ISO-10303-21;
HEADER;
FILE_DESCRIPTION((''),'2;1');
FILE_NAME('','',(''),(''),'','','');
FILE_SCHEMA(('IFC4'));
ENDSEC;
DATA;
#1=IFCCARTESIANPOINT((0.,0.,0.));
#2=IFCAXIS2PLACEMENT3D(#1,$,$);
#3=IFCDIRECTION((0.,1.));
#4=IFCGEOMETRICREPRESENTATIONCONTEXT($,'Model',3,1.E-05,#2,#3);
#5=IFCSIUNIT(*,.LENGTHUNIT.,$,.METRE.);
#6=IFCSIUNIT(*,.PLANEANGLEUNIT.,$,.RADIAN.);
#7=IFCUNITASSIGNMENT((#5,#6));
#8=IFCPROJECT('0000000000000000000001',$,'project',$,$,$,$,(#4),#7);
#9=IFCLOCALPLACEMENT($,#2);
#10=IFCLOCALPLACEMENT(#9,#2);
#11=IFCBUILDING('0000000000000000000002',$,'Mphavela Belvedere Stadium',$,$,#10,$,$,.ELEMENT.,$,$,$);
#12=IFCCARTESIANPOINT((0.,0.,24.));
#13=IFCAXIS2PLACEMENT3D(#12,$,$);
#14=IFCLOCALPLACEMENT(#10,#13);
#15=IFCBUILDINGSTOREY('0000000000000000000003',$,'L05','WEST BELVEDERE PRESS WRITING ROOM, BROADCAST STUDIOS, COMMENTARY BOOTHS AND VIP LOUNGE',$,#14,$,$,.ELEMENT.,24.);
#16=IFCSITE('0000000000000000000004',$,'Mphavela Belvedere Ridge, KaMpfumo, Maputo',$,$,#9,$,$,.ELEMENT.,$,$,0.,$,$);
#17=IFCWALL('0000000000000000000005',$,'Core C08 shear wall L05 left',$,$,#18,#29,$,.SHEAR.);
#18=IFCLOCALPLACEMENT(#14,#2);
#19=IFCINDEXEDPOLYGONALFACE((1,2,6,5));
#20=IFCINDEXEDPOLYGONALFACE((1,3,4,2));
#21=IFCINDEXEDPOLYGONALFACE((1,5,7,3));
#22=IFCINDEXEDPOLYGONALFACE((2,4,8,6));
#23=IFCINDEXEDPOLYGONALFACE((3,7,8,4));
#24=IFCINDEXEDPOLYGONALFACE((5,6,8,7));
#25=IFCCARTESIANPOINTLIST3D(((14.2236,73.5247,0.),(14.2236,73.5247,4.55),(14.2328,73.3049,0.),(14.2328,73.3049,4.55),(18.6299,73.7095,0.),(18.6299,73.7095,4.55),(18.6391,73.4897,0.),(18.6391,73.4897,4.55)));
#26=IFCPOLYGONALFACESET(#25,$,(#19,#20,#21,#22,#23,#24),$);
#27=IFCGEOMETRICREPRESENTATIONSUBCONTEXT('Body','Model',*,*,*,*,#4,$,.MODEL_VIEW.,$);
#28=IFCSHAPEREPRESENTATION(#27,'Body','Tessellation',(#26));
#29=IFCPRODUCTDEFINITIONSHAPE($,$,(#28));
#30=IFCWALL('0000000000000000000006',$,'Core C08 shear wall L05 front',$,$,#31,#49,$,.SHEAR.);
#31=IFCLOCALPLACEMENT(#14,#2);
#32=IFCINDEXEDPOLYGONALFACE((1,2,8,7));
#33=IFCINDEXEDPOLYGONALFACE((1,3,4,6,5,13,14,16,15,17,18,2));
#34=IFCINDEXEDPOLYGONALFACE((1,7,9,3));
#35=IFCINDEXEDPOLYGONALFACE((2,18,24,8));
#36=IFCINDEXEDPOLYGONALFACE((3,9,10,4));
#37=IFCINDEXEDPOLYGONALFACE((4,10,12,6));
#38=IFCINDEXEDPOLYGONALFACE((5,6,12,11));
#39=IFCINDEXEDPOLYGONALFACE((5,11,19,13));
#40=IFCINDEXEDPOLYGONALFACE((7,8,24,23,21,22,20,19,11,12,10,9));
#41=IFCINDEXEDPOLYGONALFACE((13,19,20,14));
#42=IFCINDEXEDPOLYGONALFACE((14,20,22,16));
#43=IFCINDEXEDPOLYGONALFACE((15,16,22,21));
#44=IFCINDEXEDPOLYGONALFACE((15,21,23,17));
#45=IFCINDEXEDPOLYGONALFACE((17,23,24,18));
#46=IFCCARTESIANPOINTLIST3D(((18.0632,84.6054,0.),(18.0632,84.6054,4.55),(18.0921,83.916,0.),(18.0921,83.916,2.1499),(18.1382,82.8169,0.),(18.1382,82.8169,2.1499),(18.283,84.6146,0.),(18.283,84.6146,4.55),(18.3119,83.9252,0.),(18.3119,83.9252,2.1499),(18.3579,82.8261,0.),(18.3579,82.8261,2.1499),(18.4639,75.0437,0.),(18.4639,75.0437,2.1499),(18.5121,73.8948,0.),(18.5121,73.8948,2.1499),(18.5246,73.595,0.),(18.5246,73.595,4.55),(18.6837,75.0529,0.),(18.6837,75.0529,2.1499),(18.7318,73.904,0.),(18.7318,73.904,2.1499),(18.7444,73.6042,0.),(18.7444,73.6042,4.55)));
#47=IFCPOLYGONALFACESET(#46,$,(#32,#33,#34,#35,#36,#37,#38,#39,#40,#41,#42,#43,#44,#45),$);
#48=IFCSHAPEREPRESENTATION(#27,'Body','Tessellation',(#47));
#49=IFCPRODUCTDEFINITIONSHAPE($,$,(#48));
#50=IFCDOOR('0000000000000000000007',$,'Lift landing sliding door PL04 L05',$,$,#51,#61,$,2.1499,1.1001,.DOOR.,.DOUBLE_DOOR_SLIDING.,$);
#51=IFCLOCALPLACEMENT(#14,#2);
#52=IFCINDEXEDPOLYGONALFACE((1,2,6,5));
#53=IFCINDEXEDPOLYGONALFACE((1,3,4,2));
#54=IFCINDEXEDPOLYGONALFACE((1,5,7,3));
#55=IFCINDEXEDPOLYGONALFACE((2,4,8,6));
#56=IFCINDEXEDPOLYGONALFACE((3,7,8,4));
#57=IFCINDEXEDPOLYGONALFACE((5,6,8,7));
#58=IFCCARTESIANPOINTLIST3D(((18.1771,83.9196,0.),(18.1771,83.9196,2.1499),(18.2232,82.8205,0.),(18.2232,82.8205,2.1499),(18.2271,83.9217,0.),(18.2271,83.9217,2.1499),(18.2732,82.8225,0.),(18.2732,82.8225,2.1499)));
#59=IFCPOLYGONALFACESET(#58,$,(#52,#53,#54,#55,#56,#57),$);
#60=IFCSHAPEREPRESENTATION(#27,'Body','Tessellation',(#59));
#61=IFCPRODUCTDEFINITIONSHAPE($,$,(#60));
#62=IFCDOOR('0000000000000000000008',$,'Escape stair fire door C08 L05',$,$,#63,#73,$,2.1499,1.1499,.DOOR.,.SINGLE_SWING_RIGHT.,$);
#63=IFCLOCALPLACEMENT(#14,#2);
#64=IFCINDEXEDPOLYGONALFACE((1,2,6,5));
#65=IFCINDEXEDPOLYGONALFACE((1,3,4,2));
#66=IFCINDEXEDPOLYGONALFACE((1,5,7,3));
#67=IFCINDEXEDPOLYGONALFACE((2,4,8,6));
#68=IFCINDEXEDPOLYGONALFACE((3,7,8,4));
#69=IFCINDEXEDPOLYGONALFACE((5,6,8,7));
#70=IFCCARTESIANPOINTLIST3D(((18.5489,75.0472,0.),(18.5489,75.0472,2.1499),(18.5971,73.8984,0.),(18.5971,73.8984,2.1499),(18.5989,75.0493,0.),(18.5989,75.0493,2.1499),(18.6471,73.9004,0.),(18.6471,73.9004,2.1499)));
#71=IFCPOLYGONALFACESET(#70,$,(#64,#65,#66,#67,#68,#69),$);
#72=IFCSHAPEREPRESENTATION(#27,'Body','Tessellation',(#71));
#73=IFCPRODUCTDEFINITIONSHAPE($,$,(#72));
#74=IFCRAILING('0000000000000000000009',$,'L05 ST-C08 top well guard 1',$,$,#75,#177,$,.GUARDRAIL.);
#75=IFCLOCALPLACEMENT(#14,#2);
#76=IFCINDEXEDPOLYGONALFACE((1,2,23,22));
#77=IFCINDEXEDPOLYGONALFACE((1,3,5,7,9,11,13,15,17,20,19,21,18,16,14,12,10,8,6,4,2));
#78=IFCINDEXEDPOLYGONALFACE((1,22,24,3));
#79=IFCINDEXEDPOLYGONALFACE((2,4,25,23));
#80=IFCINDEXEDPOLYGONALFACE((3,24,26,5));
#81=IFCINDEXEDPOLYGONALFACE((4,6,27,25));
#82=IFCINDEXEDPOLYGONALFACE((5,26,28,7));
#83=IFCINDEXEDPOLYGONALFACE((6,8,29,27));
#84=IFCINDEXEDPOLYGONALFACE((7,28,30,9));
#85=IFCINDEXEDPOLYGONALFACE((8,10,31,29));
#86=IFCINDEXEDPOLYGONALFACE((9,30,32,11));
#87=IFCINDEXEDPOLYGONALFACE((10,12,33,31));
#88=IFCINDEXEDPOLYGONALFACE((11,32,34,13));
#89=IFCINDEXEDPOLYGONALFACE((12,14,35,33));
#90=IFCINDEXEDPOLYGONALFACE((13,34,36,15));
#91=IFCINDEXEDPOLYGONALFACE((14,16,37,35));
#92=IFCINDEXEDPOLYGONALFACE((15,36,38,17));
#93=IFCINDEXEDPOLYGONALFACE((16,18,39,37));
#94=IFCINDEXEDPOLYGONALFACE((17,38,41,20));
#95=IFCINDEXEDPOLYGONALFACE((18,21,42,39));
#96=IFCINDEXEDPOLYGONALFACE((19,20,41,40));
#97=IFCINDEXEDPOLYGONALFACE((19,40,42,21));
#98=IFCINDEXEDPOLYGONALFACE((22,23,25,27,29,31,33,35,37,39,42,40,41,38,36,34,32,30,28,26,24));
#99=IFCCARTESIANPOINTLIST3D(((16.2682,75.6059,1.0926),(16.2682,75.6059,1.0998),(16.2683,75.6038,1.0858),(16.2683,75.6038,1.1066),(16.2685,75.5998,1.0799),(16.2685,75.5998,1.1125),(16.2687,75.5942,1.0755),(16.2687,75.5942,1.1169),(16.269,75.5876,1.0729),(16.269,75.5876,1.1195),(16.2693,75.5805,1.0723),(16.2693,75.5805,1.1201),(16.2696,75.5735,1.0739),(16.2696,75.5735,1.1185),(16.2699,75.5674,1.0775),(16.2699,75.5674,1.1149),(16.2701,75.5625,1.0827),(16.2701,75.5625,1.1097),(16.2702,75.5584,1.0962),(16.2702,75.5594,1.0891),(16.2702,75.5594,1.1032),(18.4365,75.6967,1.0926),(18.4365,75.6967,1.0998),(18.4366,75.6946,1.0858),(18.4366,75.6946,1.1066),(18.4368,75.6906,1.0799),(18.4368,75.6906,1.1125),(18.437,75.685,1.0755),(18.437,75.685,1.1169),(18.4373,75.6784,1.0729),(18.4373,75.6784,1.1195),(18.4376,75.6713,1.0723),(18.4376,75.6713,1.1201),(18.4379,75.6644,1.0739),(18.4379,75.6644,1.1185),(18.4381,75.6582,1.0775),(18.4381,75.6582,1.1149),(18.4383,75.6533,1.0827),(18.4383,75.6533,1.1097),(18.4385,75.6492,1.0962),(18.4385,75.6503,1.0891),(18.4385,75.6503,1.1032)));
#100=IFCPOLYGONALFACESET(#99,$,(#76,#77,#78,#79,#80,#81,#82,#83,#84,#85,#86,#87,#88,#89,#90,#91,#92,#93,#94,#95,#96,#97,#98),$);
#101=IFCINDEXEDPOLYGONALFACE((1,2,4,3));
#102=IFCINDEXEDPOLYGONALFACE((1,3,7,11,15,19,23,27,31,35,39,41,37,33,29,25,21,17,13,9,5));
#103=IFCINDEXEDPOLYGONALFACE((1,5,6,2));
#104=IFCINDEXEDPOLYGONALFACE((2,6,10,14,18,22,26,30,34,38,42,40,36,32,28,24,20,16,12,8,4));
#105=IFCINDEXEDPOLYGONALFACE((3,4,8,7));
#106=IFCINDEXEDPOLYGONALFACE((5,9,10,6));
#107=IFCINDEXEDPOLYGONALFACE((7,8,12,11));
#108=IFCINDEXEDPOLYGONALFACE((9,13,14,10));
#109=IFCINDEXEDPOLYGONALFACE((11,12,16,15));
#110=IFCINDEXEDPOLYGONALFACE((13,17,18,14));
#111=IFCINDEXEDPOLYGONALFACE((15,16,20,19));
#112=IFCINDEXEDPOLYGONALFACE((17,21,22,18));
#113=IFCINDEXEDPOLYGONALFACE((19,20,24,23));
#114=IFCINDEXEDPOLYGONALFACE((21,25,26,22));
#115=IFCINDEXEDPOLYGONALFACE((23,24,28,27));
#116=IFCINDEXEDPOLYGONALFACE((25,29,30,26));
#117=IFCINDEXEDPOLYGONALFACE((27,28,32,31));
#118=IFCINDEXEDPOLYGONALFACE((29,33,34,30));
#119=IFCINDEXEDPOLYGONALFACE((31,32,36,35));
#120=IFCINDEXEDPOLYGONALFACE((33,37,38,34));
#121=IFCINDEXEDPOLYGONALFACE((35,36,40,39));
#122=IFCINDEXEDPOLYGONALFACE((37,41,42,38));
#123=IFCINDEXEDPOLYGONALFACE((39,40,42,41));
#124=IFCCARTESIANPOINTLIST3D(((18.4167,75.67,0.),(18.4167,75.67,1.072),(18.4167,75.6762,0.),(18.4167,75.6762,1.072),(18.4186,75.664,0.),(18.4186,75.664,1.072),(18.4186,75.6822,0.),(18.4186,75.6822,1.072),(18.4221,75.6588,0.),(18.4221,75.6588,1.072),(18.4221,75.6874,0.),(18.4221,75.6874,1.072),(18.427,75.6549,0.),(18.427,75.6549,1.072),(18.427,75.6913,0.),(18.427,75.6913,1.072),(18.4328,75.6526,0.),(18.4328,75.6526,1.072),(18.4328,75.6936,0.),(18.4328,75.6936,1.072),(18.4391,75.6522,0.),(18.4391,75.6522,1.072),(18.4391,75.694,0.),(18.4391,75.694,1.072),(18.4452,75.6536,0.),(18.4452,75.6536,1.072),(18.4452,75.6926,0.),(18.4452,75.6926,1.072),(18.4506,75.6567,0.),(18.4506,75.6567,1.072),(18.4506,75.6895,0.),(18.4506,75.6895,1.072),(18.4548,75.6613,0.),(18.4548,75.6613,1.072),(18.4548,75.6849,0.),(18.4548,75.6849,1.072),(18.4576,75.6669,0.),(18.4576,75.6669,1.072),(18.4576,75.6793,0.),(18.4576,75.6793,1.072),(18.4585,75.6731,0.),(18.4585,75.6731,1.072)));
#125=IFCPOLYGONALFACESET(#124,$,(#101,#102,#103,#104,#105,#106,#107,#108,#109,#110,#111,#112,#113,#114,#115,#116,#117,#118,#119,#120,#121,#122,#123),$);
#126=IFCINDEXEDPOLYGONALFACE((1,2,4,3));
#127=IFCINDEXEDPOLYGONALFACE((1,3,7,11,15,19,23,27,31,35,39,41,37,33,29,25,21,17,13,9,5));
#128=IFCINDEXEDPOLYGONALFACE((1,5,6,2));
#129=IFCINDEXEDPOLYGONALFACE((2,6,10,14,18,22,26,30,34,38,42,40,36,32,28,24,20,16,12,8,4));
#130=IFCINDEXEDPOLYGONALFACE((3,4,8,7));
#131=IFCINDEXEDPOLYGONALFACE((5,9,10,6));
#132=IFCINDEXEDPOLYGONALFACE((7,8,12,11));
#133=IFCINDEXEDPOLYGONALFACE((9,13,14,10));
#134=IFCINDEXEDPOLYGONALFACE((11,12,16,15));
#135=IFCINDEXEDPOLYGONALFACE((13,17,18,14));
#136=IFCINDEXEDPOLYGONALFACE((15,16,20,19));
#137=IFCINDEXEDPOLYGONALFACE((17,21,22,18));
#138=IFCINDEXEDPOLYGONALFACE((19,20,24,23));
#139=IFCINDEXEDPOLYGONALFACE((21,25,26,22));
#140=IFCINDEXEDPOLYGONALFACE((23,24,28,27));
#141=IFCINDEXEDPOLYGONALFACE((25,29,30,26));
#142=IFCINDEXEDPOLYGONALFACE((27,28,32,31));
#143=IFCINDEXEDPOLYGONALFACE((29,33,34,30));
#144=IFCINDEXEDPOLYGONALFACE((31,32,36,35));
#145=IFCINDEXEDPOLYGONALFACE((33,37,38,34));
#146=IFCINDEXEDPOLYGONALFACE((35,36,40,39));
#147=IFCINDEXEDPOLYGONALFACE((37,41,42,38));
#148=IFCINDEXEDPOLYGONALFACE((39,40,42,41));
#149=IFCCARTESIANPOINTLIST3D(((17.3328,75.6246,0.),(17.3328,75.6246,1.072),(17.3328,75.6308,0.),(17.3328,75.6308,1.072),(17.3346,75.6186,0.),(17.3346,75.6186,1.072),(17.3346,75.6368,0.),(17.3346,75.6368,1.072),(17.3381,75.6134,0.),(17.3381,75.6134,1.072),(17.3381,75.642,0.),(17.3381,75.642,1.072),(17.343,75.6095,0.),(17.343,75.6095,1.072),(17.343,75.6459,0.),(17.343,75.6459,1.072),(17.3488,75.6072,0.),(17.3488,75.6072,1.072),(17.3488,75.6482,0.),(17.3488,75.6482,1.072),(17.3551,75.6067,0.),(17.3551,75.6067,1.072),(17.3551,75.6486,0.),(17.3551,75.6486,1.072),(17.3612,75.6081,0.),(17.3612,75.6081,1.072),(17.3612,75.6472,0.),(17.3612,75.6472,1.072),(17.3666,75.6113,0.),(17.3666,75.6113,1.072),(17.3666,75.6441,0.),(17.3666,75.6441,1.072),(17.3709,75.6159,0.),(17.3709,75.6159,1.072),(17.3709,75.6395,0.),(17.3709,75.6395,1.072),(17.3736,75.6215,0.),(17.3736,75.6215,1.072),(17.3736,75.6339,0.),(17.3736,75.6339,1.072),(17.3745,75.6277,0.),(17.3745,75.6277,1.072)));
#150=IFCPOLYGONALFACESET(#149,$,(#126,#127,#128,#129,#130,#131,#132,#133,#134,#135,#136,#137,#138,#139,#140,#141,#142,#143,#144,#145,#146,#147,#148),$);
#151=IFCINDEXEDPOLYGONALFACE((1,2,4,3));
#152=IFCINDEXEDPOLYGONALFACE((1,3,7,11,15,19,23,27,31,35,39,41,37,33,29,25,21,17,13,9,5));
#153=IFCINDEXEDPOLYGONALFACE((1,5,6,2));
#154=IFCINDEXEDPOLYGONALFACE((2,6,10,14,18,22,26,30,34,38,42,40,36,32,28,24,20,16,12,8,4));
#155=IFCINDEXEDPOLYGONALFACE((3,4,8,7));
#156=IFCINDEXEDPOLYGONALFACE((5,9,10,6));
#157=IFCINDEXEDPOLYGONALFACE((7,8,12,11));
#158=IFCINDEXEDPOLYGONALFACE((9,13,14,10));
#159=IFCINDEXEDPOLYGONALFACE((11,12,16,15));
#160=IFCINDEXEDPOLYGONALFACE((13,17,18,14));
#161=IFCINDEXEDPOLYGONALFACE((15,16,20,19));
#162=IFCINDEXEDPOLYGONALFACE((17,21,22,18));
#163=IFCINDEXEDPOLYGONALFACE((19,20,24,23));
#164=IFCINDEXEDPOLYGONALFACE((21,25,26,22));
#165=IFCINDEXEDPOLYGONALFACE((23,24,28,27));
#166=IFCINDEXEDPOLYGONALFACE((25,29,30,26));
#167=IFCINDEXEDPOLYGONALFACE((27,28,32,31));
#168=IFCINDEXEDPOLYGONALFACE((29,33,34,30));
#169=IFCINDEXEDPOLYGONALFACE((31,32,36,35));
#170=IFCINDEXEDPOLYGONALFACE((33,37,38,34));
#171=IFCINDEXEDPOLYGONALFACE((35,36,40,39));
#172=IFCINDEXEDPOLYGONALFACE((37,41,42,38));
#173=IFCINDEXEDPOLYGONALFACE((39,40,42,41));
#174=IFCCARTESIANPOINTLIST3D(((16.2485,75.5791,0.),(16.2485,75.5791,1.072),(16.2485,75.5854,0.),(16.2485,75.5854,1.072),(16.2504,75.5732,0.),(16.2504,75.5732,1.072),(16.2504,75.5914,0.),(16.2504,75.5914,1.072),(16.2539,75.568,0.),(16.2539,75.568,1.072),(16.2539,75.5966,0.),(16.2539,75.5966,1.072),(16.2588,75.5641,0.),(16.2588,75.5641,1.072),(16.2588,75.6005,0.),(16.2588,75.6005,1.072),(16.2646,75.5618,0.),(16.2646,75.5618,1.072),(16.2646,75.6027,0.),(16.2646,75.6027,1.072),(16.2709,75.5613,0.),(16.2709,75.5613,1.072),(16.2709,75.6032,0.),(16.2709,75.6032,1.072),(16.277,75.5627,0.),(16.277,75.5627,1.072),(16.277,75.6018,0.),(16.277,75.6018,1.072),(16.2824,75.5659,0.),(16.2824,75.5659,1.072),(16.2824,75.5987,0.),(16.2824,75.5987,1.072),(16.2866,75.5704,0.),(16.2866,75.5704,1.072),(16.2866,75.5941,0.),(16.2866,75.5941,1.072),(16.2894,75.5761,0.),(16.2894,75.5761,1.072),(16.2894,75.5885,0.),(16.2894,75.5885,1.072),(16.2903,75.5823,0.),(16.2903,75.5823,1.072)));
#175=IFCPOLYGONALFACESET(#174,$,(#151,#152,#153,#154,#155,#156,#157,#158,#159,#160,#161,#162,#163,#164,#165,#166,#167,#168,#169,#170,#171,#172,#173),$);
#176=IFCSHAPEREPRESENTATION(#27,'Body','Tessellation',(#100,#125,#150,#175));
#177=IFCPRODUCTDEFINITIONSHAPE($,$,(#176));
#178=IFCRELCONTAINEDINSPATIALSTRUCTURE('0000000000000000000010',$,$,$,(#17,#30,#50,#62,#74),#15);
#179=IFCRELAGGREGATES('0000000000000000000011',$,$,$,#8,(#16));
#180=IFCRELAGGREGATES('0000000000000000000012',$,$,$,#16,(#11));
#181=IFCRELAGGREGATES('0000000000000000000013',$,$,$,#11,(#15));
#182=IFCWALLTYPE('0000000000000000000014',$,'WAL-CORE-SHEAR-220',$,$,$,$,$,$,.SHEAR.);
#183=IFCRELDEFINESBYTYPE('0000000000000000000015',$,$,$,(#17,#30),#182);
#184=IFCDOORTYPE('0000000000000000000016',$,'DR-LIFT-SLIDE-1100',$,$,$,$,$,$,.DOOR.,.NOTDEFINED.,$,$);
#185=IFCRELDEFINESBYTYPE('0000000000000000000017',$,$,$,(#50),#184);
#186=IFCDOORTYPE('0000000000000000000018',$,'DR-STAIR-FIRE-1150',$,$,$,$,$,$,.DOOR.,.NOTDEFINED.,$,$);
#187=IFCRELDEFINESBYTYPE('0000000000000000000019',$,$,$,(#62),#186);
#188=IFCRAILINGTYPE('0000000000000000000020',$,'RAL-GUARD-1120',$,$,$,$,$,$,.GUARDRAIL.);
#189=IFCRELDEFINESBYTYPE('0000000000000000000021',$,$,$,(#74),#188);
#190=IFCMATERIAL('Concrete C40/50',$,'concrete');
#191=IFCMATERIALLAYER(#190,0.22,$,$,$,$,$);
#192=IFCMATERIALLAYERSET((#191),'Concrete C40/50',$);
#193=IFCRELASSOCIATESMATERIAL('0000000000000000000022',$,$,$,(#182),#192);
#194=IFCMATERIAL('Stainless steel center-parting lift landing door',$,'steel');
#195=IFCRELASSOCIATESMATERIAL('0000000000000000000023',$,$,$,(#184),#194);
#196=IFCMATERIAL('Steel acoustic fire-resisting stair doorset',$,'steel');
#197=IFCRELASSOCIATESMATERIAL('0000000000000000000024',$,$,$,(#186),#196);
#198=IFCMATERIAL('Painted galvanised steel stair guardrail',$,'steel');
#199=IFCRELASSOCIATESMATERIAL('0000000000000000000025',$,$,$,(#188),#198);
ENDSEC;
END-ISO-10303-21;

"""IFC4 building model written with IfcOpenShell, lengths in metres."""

from ifc_helpers import new_model, si_unit, direction, frame, frame_2d, origin, origin_2d, place, context, subcontext, project, spatial, rectangle, circle, extrude, material, layer, layer_set, type_object, element, fill, save


model = new_model("IFC4")

# Units and contexts
model_context = context("Model", 3, precision=1e-05, world=origin(), true_north=direction((0.0, 1.0)))
body_context = subcontext(model_context, "Body", "Model", "MODEL_VIEW")
ifc_project = project(units=[si_unit("LENGTHUNIT", "METRE"), si_unit("PLANEANGLEUNIT", "RADIAN")], contexts=[model_context])

# Site, building, storey
site_placement = place(None, origin())
site = spatial("IfcSite", under=ifc_project, at=site_placement, Name="Mphavela Belvedere Ridge, KaMpfumo, Maputo", CompositionType="ELEMENT", RefElevation=0.0)
building_placement = place(site_placement, origin())
building = spatial("IfcBuilding", under=site, at=building_placement, Name="Mphavela Belvedere Stadium", CompositionType="ELEMENT")
storey_placement = place(building_placement, frame((0.0, 0.0, 24.0)))
storey = spatial("IfcBuildingStorey", under=building, at=storey_placement, Name="L05", Description="WEST BELVEDERE PRESS WRITING ROOM, BROADCAST STUDIOS, COMMENTARY BOOTHS AND VIP LOUNGE", CompositionType="ELEMENT", Elevation=24.0)

# Wall
ifc_material_1 = material(Name="Concrete C40/50", Category="concrete")
ifc_layer_1 = layer(ifc_material_1, 0.22)
ifc_layer_set_1 = layer_set([ifc_layer_1], Name="Concrete C40/50")
wall_type = type_object("IfcWallType", Name="WAL-CORE-SHEAR-220", PredefinedType="SHEAR", material=ifc_layer_set_1)
wall_1_placement = place(storey_placement, frame((18.6345, 73.5996, 0.0), z_axis=(0.0, 0.0, 1.0), x_axis=(-0.999122, -0.041907, 0.0)))
element("IfcWall", 1, at=wall_1_placement, inside=storey, type_object=wall_type, Name="Core C08 shear wall L05 left", PredefinedType="SHEAR", context=body_context, shape_type="SweptSolid", body=[
    extrude(rectangle(XDim=4.4102, YDim=0.22, at=frame_2d((2.2051, 0.0))), origin(), (0.0, 0.0, 1.0), 4.55),
])

# Wall, openings, doors
wall_2_placement = place(storey_placement, frame((18.6345, 73.5996, 0.0), z_axis=(0.0, 0.0, 1.0), x_axis=(-0.041872, 0.999123, 0.0)))
wall_2 = element("IfcWall", 2, at=wall_2_placement, inside=storey, type_object=wall_type, Name="Core C08 shear wall L05 front", PredefinedType="SHEAR", context=body_context, shape_type="SweptSolid", body=[
    extrude(rectangle(XDim=11.02, YDim=0.22, at=frame_2d((5.51, 0.0))), origin(), (0.0, 0.0, 1.0), 4.55),
])
opening_1_placement = place(wall_2_placement, frame((0.3, 0.0, 0.0)))
opening_1 = element("IfcOpeningElement", 3, at=opening_1_placement, cuts=wall_2, PredefinedType="OPENING", context=body_context, shape_type="SweptSolid", body=[
    extrude(rectangle(XDim=1.1499, YDim=2.1499, at=frame_2d((0.575, 1.075))), frame((0.0, 0.1201, 0.0), z_axis=(0.0, -1.0, 0.0), x_axis=(1.0, 0.0, 0.0)), (0.0, 0.0, 1.0), 0.24),
])
opening_2_placement = place(wall_2_placement, frame((9.23, 0.0, 0.0)))
opening_2 = element("IfcOpeningElement", 4, at=opening_2_placement, cuts=wall_2, PredefinedType="OPENING", context=body_context, shape_type="SweptSolid", body=[
    extrude(rectangle(XDim=1.1001, YDim=2.1499, at=frame_2d((0.55, 1.075))), frame((0.0, 0.1201, 0.0), z_axis=(0.0, -1.0, 0.0), x_axis=(1.0, 0.0, 0.0)), (0.0, 0.0, 1.0), 0.24),
])
ifc_material_2 = material(Name="Stainless steel center-parting lift landing door", Category="steel")
door_type_1 = type_object("IfcDoorType", Name="DR-LIFT-SLIDE-1100", OperationType="NOTDEFINED", PredefinedType="DOOR", material=ifc_material_2)
door_1_placement = place(opening_2_placement, origin())
door_1 = element("IfcDoor", 5, at=door_1_placement, inside=storey, type_object=door_type_1, Name="Lift landing sliding door PL04 L05", OperationType="DOUBLE_DOOR_SLIDING", OverallHeight=2.1499, OverallWidth=1.1001, PredefinedType="DOOR", context=body_context, shape_type="SweptSolid", body=[
    extrude(rectangle(XDim=1.1001, YDim=2.1499, at=frame_2d((0.55, 1.075))), frame((0.0, 0.0249, 0.0), z_axis=(0.0, -1.0, 0.0), x_axis=(1.0, 0.0, 0.0)), (0.0, 0.0, 1.0), 0.05),
])
fill(opening_2, door_1)
ifc_material_3 = material(Name="Steel acoustic fire-resisting stair doorset", Category="steel")
door_type_2 = type_object("IfcDoorType", Name="DR-STAIR-FIRE-1150", OperationType="NOTDEFINED", PredefinedType="DOOR", material=ifc_material_3)
door_2_placement = place(opening_1_placement, origin())
door_2 = element("IfcDoor", 6, at=door_2_placement, inside=storey, type_object=door_type_2, Name="Escape stair fire door C08 L05", OperationType="SINGLE_SWING_RIGHT", OverallHeight=2.1499, OverallWidth=1.1499, PredefinedType="DOOR", context=body_context, shape_type="SweptSolid", body=[
    extrude(rectangle(XDim=1.1499, YDim=2.1499, at=frame_2d((0.575, 1.075))), frame((0.0, 0.0249, 0.0), z_axis=(0.0, -1.0, 0.0), x_axis=(1.0, 0.0, 0.0)), (0.0, 0.0, 1.0), 0.05),
])
fill(opening_1, door_2)

# Railing
ifc_material_4 = material(Name="Painted galvanised steel stair guardrail", Category="steel")
railing_type = type_object("IfcRailingType", Name="RAL-GUARD-1120", PredefinedType="GUARDRAIL", material=ifc_material_4)
railing_placement = place(storey_placement, frame((18.4375, 75.6731, 0.0)))
element("IfcRailing", 7, at=railing_placement, inside=storey, type_object=railing_type, Name="L05 ST-C08 top well guard 1", PredefinedType="GUARDRAIL", context=body_context, shape_type="SweptSolid", body=[
    extrude(circle(Radius=0.0239, at=origin_2d()), frame((0.0, 0.0, 1.0962), z_axis=(-0.999124, -0.04185, 0.0), x_axis=(0.04185, -0.999124, 0.0)), (0.0, 0.0, 1.0), 2.1702),
    extrude(circle(Radius=0.021, at=origin_2d()), origin(), (0.0, 0.0, 1.0), 1.072),
    extrude(circle(Radius=0.021, at=origin_2d()), frame((-1.084, -0.0454, 0.0)), (0.0, 0.0, 1.0), 1.072),
    extrude(circle(Radius=0.021, at=origin_2d()), frame((-2.1682, -0.0908, 0.0)), (0.0, 0.0, 1.0), 1.072),
])

save(model, "model.ifc")
